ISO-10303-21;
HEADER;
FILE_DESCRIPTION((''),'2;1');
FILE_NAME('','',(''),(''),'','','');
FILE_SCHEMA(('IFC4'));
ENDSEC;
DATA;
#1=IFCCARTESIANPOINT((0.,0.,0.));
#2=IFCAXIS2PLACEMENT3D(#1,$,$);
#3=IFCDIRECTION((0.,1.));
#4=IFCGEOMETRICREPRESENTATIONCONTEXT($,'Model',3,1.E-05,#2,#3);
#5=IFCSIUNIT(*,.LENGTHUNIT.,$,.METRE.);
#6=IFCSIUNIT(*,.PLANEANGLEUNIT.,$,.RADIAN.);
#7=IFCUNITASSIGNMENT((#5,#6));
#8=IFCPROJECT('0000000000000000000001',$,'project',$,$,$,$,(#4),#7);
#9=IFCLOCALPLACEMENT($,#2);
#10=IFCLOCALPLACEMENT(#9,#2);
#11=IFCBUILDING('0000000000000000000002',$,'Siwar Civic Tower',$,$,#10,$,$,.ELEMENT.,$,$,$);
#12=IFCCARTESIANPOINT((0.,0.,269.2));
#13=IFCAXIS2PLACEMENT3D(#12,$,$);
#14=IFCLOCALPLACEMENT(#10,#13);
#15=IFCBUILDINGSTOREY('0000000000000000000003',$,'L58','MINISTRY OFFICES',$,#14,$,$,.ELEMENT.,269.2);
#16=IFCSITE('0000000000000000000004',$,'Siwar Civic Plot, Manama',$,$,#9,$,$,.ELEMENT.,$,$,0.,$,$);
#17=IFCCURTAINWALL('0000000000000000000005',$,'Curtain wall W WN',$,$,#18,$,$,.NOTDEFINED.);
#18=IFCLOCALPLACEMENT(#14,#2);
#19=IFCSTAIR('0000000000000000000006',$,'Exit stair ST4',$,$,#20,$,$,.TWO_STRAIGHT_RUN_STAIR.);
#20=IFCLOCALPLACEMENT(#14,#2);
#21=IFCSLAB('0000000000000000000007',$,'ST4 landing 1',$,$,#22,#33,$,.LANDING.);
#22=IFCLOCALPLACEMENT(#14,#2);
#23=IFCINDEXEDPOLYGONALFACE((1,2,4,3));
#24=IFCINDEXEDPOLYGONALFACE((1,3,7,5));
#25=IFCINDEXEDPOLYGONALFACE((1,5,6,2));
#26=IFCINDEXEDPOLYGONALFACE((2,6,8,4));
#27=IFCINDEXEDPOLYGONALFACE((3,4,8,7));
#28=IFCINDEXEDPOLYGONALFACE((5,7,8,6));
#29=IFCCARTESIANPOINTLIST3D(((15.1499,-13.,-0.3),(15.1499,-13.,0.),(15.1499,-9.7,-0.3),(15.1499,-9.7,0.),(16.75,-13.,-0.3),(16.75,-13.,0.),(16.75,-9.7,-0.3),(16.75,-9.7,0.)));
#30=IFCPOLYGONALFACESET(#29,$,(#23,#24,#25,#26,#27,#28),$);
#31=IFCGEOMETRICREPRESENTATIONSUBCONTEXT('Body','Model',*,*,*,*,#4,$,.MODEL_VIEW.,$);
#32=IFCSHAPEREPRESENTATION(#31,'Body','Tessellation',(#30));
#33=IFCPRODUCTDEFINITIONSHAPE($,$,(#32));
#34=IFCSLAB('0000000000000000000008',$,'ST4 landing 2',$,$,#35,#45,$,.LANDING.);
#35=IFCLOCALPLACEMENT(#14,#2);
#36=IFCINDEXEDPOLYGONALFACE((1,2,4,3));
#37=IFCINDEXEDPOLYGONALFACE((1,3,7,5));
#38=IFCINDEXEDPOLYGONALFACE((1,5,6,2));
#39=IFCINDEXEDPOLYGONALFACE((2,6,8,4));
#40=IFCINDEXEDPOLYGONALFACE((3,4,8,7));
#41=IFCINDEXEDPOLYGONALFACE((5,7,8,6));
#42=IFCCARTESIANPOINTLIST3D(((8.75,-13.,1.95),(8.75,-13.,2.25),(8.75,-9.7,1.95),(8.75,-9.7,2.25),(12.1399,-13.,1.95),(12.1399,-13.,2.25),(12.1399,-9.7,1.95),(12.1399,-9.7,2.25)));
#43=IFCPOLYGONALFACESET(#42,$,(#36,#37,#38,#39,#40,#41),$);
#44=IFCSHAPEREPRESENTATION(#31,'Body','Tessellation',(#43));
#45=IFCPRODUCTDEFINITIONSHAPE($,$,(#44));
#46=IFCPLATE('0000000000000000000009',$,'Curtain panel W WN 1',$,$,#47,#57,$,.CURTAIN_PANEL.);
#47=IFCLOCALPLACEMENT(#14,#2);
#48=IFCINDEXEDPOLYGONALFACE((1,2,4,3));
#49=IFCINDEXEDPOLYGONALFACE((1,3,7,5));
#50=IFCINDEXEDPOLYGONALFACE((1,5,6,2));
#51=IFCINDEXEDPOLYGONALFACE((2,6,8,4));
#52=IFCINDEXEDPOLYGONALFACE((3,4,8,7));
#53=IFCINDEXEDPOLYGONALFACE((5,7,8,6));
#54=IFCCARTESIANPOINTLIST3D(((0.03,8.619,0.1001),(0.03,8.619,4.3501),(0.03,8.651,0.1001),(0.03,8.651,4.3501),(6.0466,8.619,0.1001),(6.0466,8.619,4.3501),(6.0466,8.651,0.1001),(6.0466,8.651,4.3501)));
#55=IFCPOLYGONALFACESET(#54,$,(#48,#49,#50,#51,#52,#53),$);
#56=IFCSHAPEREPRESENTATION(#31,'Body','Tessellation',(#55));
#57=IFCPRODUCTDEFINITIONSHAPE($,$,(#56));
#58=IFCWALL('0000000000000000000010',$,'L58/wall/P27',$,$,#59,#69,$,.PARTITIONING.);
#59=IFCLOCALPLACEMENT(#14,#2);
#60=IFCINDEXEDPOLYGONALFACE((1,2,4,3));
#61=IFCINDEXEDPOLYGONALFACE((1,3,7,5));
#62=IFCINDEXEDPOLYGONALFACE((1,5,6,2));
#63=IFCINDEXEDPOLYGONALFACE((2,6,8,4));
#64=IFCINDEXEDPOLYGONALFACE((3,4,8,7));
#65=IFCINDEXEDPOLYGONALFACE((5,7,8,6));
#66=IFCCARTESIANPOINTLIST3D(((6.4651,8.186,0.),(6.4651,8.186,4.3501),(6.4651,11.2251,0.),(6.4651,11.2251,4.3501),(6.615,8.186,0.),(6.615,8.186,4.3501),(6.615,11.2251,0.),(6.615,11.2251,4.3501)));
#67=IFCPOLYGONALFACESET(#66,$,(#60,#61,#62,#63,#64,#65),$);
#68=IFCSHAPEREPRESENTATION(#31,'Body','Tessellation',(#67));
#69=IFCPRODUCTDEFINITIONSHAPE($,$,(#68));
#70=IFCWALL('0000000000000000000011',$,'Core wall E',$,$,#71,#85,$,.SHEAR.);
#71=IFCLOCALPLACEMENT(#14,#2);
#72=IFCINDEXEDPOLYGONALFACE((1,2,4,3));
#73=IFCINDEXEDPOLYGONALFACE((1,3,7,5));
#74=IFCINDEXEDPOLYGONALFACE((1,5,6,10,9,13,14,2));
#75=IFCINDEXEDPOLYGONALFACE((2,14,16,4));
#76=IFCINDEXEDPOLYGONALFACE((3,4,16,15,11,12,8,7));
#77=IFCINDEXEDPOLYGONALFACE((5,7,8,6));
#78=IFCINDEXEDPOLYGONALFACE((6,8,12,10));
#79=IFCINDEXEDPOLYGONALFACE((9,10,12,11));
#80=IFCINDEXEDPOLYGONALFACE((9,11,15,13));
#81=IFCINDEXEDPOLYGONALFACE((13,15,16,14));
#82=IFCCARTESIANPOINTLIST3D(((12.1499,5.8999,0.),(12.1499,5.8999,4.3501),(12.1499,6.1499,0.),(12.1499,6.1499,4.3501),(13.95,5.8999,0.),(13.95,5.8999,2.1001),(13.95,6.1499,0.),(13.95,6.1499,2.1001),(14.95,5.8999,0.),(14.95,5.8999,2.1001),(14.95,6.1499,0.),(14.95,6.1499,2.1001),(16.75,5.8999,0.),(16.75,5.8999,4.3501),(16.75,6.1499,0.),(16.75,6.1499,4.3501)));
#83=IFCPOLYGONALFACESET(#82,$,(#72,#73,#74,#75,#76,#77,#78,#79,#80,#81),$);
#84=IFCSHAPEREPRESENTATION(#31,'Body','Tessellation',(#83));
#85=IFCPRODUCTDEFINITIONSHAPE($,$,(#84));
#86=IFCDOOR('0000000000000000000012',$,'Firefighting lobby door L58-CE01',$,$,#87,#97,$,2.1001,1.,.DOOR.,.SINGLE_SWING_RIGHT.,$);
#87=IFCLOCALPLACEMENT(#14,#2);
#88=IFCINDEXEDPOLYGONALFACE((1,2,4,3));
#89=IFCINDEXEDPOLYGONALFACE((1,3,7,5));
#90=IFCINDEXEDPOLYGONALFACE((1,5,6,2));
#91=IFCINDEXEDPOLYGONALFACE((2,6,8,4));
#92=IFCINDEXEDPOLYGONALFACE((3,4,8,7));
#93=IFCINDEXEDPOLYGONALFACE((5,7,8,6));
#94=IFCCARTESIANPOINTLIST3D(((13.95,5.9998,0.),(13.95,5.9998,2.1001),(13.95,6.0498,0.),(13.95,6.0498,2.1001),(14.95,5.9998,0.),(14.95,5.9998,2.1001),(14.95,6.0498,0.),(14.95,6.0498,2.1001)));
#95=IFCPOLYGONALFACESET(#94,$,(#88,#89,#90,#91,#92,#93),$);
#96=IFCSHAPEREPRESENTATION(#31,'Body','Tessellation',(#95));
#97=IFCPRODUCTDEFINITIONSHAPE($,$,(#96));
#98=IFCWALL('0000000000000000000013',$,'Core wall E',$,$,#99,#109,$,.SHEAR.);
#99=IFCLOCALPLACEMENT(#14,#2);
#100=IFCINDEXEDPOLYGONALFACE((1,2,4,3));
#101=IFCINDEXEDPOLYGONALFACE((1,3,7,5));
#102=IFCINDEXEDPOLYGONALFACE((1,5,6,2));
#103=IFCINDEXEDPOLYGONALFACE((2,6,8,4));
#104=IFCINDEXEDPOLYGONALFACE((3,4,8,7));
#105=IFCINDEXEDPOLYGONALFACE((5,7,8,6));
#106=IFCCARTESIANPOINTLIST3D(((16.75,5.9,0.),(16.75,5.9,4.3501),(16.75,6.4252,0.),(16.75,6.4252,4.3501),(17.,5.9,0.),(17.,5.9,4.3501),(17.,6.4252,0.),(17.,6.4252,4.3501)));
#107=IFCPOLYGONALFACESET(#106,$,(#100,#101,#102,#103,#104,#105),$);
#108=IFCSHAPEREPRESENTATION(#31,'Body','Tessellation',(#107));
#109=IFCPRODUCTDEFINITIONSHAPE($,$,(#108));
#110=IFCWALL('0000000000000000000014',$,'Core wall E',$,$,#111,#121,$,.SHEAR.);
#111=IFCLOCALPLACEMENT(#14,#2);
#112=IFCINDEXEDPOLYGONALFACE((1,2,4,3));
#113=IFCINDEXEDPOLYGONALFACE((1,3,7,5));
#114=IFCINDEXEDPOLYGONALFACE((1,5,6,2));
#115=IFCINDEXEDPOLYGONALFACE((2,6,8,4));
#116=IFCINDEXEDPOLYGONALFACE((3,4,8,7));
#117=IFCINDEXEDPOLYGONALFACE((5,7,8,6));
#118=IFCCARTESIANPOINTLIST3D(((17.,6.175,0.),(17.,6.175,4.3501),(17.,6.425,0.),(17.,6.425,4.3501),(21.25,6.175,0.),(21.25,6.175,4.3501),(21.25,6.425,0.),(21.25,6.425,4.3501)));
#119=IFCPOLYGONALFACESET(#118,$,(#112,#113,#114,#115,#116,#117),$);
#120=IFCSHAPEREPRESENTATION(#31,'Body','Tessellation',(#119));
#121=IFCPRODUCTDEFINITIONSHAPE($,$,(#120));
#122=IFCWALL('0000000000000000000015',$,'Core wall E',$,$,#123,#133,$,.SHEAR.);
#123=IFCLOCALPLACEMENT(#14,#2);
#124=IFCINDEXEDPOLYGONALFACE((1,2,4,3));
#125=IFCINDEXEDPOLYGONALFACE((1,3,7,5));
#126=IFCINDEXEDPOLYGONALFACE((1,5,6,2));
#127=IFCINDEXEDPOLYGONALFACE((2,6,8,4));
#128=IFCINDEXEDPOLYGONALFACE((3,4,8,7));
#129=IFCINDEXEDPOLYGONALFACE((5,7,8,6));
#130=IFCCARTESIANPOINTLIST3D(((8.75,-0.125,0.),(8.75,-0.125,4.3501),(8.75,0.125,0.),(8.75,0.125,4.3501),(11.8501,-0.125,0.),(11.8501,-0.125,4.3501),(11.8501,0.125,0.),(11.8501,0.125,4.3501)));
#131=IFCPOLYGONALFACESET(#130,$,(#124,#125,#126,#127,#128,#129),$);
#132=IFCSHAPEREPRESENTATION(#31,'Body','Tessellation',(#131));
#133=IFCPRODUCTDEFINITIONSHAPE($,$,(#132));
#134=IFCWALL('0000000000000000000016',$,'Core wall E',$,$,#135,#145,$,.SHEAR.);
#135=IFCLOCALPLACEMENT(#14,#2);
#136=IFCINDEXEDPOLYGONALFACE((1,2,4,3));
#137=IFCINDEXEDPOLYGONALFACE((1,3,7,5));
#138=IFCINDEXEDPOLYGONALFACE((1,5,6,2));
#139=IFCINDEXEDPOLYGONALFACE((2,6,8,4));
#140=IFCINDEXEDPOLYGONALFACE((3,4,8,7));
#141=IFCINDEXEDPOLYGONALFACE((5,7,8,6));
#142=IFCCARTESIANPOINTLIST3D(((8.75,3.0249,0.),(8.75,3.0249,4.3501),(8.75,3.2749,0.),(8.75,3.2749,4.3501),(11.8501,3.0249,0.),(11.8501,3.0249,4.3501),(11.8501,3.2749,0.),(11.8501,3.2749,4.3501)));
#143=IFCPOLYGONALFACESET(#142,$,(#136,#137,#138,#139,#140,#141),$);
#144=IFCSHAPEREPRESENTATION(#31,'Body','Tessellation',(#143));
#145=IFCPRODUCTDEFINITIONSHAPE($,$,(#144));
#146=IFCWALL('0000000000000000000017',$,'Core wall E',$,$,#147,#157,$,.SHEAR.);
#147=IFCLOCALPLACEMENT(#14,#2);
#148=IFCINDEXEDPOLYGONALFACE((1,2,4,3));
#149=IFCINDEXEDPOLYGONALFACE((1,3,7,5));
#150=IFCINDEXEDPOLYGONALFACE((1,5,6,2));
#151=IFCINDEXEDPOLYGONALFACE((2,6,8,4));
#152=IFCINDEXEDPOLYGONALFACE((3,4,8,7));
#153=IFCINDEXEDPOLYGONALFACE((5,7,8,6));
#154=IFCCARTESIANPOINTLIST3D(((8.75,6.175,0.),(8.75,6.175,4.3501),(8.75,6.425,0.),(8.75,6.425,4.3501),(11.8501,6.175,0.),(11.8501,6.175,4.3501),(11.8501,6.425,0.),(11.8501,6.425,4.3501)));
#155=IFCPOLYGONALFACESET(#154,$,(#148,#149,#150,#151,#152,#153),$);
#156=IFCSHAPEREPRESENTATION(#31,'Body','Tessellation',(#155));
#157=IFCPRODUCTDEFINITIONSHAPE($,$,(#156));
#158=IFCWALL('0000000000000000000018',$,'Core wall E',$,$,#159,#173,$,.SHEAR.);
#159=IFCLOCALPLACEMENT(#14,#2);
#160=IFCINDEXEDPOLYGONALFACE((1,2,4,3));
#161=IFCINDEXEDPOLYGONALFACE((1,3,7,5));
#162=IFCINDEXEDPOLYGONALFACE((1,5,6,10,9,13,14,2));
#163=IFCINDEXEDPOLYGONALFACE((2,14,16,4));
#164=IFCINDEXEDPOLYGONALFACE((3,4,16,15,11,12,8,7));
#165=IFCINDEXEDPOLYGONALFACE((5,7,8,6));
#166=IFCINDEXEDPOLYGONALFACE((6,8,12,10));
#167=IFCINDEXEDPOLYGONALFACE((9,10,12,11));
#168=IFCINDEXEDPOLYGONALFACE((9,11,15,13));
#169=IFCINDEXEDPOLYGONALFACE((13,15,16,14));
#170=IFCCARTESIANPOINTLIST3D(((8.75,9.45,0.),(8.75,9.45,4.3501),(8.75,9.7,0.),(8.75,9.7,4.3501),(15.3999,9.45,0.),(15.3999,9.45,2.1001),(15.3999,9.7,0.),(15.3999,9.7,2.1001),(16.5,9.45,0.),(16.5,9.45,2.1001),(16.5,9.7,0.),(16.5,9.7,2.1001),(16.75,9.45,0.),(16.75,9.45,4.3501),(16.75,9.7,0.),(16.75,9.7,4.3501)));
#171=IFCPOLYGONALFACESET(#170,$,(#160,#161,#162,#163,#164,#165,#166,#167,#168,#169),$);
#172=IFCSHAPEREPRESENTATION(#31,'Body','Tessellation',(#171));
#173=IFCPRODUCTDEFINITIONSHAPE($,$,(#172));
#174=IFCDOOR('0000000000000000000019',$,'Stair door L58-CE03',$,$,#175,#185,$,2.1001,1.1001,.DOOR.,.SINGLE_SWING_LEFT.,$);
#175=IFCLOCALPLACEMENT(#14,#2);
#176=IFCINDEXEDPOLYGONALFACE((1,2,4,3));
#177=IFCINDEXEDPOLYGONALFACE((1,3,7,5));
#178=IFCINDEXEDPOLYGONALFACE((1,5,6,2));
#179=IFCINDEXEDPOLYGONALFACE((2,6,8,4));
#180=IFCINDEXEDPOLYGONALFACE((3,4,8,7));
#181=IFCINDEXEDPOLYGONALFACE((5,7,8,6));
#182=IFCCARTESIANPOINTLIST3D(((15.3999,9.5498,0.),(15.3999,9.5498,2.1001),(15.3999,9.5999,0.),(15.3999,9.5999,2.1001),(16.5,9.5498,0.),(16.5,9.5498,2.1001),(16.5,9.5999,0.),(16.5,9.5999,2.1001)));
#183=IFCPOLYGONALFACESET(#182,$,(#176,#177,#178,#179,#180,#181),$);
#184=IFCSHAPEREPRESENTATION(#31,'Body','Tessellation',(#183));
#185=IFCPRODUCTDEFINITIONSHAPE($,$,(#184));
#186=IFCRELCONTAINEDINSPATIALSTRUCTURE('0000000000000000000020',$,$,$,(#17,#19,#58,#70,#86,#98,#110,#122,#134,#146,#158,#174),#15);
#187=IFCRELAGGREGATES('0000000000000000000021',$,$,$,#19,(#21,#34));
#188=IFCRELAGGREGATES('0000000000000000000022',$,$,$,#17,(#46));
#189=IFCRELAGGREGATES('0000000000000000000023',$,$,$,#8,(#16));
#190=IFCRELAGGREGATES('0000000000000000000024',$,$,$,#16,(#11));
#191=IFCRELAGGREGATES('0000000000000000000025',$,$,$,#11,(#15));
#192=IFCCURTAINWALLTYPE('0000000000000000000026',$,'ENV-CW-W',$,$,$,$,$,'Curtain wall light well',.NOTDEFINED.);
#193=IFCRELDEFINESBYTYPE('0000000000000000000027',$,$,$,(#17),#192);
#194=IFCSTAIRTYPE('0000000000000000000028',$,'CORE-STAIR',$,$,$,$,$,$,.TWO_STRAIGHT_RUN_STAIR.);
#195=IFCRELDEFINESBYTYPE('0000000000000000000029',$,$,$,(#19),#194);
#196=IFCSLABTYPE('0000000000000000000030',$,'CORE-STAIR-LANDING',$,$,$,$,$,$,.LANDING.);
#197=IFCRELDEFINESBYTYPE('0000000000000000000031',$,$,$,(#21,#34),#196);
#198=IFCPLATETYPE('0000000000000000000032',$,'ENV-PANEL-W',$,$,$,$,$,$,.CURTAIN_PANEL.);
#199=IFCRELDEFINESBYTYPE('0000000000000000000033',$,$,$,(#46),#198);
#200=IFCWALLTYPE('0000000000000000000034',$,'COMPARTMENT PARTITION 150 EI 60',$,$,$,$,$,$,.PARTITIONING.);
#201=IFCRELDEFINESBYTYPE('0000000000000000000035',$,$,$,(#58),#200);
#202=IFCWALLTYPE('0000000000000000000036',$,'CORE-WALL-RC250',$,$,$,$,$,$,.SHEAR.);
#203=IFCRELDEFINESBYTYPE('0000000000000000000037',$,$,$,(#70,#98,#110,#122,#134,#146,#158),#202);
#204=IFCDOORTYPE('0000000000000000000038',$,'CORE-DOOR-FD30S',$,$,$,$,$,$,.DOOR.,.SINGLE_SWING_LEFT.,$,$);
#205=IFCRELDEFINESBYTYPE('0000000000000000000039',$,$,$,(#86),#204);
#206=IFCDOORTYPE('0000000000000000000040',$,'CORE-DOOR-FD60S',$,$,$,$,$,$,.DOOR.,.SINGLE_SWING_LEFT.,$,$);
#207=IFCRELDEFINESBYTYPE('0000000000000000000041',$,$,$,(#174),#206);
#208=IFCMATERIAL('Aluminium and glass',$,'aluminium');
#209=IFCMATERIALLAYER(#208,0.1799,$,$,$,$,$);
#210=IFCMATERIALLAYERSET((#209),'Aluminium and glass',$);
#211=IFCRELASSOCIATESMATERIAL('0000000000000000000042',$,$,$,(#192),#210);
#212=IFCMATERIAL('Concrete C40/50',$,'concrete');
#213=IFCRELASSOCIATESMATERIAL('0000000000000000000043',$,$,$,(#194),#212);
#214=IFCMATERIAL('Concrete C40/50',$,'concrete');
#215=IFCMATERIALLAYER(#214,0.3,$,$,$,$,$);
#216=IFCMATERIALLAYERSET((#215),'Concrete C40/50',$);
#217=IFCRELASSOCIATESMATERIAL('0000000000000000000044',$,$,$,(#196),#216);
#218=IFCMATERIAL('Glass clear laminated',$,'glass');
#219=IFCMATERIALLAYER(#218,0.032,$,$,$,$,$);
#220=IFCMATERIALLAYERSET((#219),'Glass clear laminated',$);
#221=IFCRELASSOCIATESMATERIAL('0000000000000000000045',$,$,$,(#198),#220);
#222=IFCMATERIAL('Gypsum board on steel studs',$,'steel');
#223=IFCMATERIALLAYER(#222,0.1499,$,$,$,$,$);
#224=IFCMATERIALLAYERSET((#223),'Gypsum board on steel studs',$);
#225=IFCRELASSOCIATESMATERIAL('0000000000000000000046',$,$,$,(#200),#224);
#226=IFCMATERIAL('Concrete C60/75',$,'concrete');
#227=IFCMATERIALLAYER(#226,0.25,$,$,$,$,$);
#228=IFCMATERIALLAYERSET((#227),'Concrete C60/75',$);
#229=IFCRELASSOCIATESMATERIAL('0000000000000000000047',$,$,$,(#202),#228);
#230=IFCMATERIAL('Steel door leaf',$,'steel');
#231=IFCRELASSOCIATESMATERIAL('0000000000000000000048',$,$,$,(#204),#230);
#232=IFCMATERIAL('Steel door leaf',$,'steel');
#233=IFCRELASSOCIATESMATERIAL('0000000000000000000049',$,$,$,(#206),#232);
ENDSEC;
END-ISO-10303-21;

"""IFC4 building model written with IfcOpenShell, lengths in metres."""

from ifc_helpers import new_model, si_unit, direction, frame, frame_2d, origin, origin_2d, place, context, subcontext, project, spatial, polyline, rectangle, outline, extrude, material, layer, layer_set, type_object, element, fill, aggregate, save


model = new_model("IFC4")

# Units and contexts
model_context = context("Model", 3, precision=1e-05, world=origin(), true_north=direction((0.0, 1.0)))
body_context = subcontext(model_context, "Body", "Model", "MODEL_VIEW")
ifc_project = project(units=[si_unit("LENGTHUNIT", "METRE"), si_unit("PLANEANGLEUNIT", "RADIAN")], contexts=[model_context])

# Site, building, storey
site_placement = place(None, origin())
site = spatial("IfcSite", under=ifc_project, at=site_placement, Name="Siwar Civic Plot, Manama", CompositionType="ELEMENT", RefElevation=0.0)
building_placement = place(site_placement, origin())
building = spatial("IfcBuilding", under=site, at=building_placement, Name="Siwar Civic Tower", CompositionType="ELEMENT")
storey_placement = place(building_placement, frame((0.0, 0.0, 269.2)))
storey = spatial("IfcBuildingStorey", under=building, at=storey_placement, Name="L58", Description="MINISTRY OFFICES", CompositionType="ELEMENT", Elevation=269.2)

# Curtain wall
ifc_material_1 = material(Name="Aluminium and glass", Category="aluminium")
ifc_layer_1 = layer(ifc_material_1, 0.1799)
ifc_layer_set_1 = layer_set([ifc_layer_1], Name="Aluminium and glass")
curtain_wall_type = type_object("IfcCurtainWallType", Name="ENV-CW-W", ElementType="Curtain wall light well", PredefinedType="NOTDEFINED", material=ifc_layer_set_1)
curtain_wall_placement = place(storey_placement, origin())
curtain_wall = element("IfcCurtainWall", 1, at=curtain_wall_placement, inside=storey, type_object=curtain_wall_type, Name="Curtain wall W WN", PredefinedType="NOTDEFINED")

# Shared definitions
ifc_material_2 = material(Name="Concrete C40/50", Category="concrete")
stair_type = type_object("IfcStairType", Name="CORE-STAIR", PredefinedType="TWO_STRAIGHT_RUN_STAIR", material=ifc_material_2)
ifc_material_3 = material(Name="Concrete C40/50", Category="concrete")
ifc_layer_2 = layer(ifc_material_3, 0.3)
ifc_layer_set_2 = layer_set([ifc_layer_2], Name="Concrete C40/50")
slab_type_1 = type_object("IfcSlabType", Name="CORE-STAIR-LANDING", PredefinedType="LANDING", material=ifc_layer_set_2)

# Stair, slabs
stair_1_placement = place(storey_placement, origin())
stair_1 = element("IfcStair", 2, at=stair_1_placement, inside=storey, type_object=stair_type, Name="Exit stair ST4", PredefinedType="TWO_STRAIGHT_RUN_STAIR")
slab_1_placement = place(storey_placement, frame((0.0, 0.0, -0.3)))
slab_1 = element("IfcSlab", 3, at=slab_1_placement, type_object=slab_type_1, Name="ST4 landing 1", PredefinedType="LANDING", context=body_context, shape_type="SweptSolid", body=[
    extrude(outline(polyline([(15.1499, -13.0), (16.75, -13.0), (16.75, -9.7), (15.1499, -9.7), (15.1499, -13.0)])), origin(), (0.0, 0.0, 1.0), 0.3),
])
slab_2_placement = place(storey_placement, frame((0.0, 0.0, 1.95)))
slab_2 = element("IfcSlab", 4, at=slab_2_placement, type_object=slab_type_1, Name="ST4 landing 2", PredefinedType="LANDING", context=body_context, shape_type="SweptSolid", body=[
    extrude(outline(polyline([(8.75, -13.0), (12.1399, -13.0), (12.1399, -9.7), (8.75, -9.7), (8.75, -13.0)])), origin(), (0.0, 0.0, 1.0), 0.3),
])
aggregate(stair_1, [slab_1, slab_2])

# Plate
ifc_material_4 = material(Name="Glass clear laminated", Category="glass")
ifc_layer_3 = layer(ifc_material_4, 0.032)
ifc_layer_set_3 = layer_set([ifc_layer_3], Name="Glass clear laminated")
plate_type = type_object("IfcPlateType", Name="ENV-PANEL-W", PredefinedType="CURTAIN_PANEL", material=ifc_layer_set_3)
plate_placement = place(storey_placement, frame((3.0383, 8.635, 0.1001), z_axis=(0.0, 0.0, 1.0), x_axis=(-1.0, 0.0, 0.0)))
plate = element("IfcPlate", 5, at=plate_placement, type_object=plate_type, Name="Curtain panel W WN 1", PredefinedType="CURTAIN_PANEL", context=body_context, shape_type="SweptSolid", body=[
    extrude(rectangle(XDim=6.0166, YDim=0.032, at=origin_2d()), origin(), (0.0, 0.0, 1.0), 4.25),
])
aggregate(curtain_wall, [plate])

# Wall
ifc_material_5 = material(Name="Gypsum board on steel studs", Category="steel")
ifc_layer_4 = layer(ifc_material_5, 0.1499)
ifc_layer_set_4 = layer_set([ifc_layer_4], Name="Gypsum board on steel studs")
wall_type_1 = type_object("IfcWallType", Name="COMPARTMENT PARTITION 150 EI 60", PredefinedType="PARTITIONING", material=ifc_layer_set_4)
wall_1_placement = place(storey_placement, frame((6.54, 8.186, 0.0), z_axis=(0.0, 0.0, 1.0), x_axis=(0.0, 1.0, 0.0)))
element("IfcWall", 6, at=wall_1_placement, inside=storey, type_object=wall_type_1, Name="L58/wall/P27", PredefinedType="PARTITIONING", context=body_context, shape_type="SweptSolid", body=[
    extrude(rectangle(XDim=3.0391, YDim=0.1499, at=frame_2d((1.5195, 0.0))), origin(), (0.0, 0.0, 1.0), 4.3501),
])

# Wall, opening, door
ifc_material_6 = material(Name="Concrete C60/75", Category="concrete")
ifc_layer_5 = layer(ifc_material_6, 0.25)
ifc_layer_set_5 = layer_set([ifc_layer_5], Name="Concrete C60/75")
wall_type_2 = type_object("IfcWallType", Name="CORE-WALL-RC250", PredefinedType="SHEAR", material=ifc_layer_set_5)
wall_2_placement = place(storey_placement, frame((12.1499, 6.0249, 0.0), z_axis=(0.0, 0.0, 1.0), x_axis=(1.0, 0.0, 0.0)))
wall_2 = element("IfcWall", 7, at=wall_2_placement, inside=storey, type_object=wall_type_2, Name="Core wall E", PredefinedType="SHEAR", context=body_context, shape_type="SweptSolid", body=[
    extrude(rectangle(XDim=4.6001, YDim=0.25, at=frame_2d((2.3, 0.0))), origin(), (0.0, 0.0, 1.0), 4.3501),
])
opening_1_placement = place(wall_2_placement, frame((1.8, 0.0, 0.0)))
opening_1 = element("IfcOpeningElement", 8, at=opening_1_placement, cuts=wall_2, PredefinedType="OPENING", context=body_context, shape_type="SweptSolid", body=[
    extrude(rectangle(XDim=1.0, YDim=2.1001, at=frame_2d((0.5, 1.05))), frame((0.0, 0.135, 0.0), z_axis=(0.0, -1.0, 0.0), x_axis=(1.0, 0.0, 0.0)), (0.0, 0.0, 1.0), 0.27),
])
ifc_material_7 = material(Name="Steel door leaf", Category="steel")
door_type_1 = type_object("IfcDoorType", Name="CORE-DOOR-FD30S", OperationType="SINGLE_SWING_LEFT", PredefinedType="DOOR", material=ifc_material_7)
door_1_placement = place(opening_1_placement, origin())
door_1 = element("IfcDoor", 9, at=door_1_placement, inside=storey, type_object=door_type_1, Name="Firefighting lobby door L58-CE01", OperationType="SINGLE_SWING_RIGHT", OverallHeight=2.1001, OverallWidth=1.0, PredefinedType="DOOR", context=body_context, shape_type="SweptSolid", body=[
    extrude(rectangle(XDim=1.0, YDim=2.1001, at=frame_2d((0.5, 1.05))), frame((0.0, 0.0249, 0.0), z_axis=(0.0, -1.0, 0.0), x_axis=(1.0, 0.0, 0.0)), (0.0, 0.0, 1.0), 0.05),
])
fill(opening_1, door_1)

# Walls
wall_3_placement = place(storey_placement, frame((16.875, 5.8999, 0.0), z_axis=(0.0, 0.0, 1.0), x_axis=(0.0, 1.0, 0.0)))
element("IfcWall", 10, at=wall_3_placement, inside=storey, type_object=wall_type_2, Name="Core wall E", PredefinedType="SHEAR", context=body_context, shape_type="SweptSolid", body=[
    extrude(rectangle(XDim=0.5251, YDim=0.25, at=frame_2d((0.2627, 0.0))), origin(), (0.0, 0.0, 1.0), 4.3501),
])
wall_4_placement = place(storey_placement, frame((17.0, 6.3, 0.0), z_axis=(0.0, 0.0, 1.0), x_axis=(1.0, 0.0, 0.0)))
element("IfcWall", 11, at=wall_4_placement, inside=storey, type_object=wall_type_2, Name="Core wall E", PredefinedType="SHEAR", context=body_context, shape_type="SweptSolid", body=[
    extrude(rectangle(XDim=4.25, YDim=0.25, at=frame_2d((2.125, 0.0))), origin(), (0.0, 0.0, 1.0), 4.3501),
])
for number, where, z_axis, x_axis, name in (
    (12, (8.75, 0.0, 0.0), (0.0, 0.0, 1.0), (1.0, 0.0, 0.0), "Core wall E"),
    (13, (8.75, 3.1499, 0.0), (0.0, 0.0, 1.0), (1.0, 0.0, 0.0), "Core wall E"),
    (14, (8.75, 6.3, 0.0), (0.0, 0.0, 1.0), (1.0, 0.0, 0.0), "Core wall E"),
):
    element("IfcWall", number, at=place(storey_placement, frame(where, z_axis=z_axis, x_axis=x_axis)), inside=storey, type_object=wall_type_2, Name=name, PredefinedType="SHEAR", context=body_context, shape_type="SweptSolid", body=[
        extrude(rectangle(XDim=3.1001, YDim=0.25, at=frame_2d((1.55, 0.0))), origin(), (0.0, 0.0, 1.0), 4.3501),
    ])

# Wall, opening, door
wall_5_placement = place(storey_placement, frame((8.75, 9.575, 0.0), z_axis=(0.0, 0.0, 1.0), x_axis=(1.0, 0.0, 0.0)))
wall_5 = element("IfcWall", 15, at=wall_5_placement, inside=storey, type_object=wall_type_2, Name="Core wall E", PredefinedType="SHEAR", context=body_context, shape_type="SweptSolid", body=[
    extrude(rectangle(XDim=8.0, YDim=0.25, at=frame_2d((4.0, 0.0))), origin(), (0.0, 0.0, 1.0), 4.3501),
])
opening_2_placement = place(wall_5_placement, frame((6.6499, 0.0, 0.0)))
opening_2 = element("IfcOpeningElement", 16, at=opening_2_placement, cuts=wall_5, PredefinedType="OPENING", context=body_context, shape_type="SweptSolid", body=[
    extrude(rectangle(XDim=1.1001, YDim=2.1001, at=frame_2d((0.55, 1.05))), frame((0.0, 0.135, 0.0), z_axis=(0.0, -1.0, 0.0), x_axis=(1.0, 0.0, 0.0)), (0.0, 0.0, 1.0), 0.27),
])
ifc_material_8 = material(Name="Steel door leaf", Category="steel")
door_type_2 = type_object("IfcDoorType", Name="CORE-DOOR-FD60S", OperationType="SINGLE_SWING_LEFT", PredefinedType="DOOR", material=ifc_material_8)
door_2_placement = place(opening_2_placement, origin())
door_2 = element("IfcDoor", 17, at=door_2_placement, inside=storey, type_object=door_type_2, Name="Stair door L58-CE03", OperationType="SINGLE_SWING_LEFT", OverallHeight=2.1001, OverallWidth=1.1001, PredefinedType="DOOR", context=body_context, shape_type="SweptSolid", body=[
    extrude(rectangle(XDim=1.1001, YDim=2.1001, at=frame_2d((0.55, 1.05))), frame((0.0, 0.0249, 0.0), z_axis=(0.0, -1.0, 0.0), x_axis=(1.0, 0.0, 0.0)), (0.0, 0.0, 1.0), 0.05),
])
fill(opening_2, door_2)

save(model, "model.ifc")
